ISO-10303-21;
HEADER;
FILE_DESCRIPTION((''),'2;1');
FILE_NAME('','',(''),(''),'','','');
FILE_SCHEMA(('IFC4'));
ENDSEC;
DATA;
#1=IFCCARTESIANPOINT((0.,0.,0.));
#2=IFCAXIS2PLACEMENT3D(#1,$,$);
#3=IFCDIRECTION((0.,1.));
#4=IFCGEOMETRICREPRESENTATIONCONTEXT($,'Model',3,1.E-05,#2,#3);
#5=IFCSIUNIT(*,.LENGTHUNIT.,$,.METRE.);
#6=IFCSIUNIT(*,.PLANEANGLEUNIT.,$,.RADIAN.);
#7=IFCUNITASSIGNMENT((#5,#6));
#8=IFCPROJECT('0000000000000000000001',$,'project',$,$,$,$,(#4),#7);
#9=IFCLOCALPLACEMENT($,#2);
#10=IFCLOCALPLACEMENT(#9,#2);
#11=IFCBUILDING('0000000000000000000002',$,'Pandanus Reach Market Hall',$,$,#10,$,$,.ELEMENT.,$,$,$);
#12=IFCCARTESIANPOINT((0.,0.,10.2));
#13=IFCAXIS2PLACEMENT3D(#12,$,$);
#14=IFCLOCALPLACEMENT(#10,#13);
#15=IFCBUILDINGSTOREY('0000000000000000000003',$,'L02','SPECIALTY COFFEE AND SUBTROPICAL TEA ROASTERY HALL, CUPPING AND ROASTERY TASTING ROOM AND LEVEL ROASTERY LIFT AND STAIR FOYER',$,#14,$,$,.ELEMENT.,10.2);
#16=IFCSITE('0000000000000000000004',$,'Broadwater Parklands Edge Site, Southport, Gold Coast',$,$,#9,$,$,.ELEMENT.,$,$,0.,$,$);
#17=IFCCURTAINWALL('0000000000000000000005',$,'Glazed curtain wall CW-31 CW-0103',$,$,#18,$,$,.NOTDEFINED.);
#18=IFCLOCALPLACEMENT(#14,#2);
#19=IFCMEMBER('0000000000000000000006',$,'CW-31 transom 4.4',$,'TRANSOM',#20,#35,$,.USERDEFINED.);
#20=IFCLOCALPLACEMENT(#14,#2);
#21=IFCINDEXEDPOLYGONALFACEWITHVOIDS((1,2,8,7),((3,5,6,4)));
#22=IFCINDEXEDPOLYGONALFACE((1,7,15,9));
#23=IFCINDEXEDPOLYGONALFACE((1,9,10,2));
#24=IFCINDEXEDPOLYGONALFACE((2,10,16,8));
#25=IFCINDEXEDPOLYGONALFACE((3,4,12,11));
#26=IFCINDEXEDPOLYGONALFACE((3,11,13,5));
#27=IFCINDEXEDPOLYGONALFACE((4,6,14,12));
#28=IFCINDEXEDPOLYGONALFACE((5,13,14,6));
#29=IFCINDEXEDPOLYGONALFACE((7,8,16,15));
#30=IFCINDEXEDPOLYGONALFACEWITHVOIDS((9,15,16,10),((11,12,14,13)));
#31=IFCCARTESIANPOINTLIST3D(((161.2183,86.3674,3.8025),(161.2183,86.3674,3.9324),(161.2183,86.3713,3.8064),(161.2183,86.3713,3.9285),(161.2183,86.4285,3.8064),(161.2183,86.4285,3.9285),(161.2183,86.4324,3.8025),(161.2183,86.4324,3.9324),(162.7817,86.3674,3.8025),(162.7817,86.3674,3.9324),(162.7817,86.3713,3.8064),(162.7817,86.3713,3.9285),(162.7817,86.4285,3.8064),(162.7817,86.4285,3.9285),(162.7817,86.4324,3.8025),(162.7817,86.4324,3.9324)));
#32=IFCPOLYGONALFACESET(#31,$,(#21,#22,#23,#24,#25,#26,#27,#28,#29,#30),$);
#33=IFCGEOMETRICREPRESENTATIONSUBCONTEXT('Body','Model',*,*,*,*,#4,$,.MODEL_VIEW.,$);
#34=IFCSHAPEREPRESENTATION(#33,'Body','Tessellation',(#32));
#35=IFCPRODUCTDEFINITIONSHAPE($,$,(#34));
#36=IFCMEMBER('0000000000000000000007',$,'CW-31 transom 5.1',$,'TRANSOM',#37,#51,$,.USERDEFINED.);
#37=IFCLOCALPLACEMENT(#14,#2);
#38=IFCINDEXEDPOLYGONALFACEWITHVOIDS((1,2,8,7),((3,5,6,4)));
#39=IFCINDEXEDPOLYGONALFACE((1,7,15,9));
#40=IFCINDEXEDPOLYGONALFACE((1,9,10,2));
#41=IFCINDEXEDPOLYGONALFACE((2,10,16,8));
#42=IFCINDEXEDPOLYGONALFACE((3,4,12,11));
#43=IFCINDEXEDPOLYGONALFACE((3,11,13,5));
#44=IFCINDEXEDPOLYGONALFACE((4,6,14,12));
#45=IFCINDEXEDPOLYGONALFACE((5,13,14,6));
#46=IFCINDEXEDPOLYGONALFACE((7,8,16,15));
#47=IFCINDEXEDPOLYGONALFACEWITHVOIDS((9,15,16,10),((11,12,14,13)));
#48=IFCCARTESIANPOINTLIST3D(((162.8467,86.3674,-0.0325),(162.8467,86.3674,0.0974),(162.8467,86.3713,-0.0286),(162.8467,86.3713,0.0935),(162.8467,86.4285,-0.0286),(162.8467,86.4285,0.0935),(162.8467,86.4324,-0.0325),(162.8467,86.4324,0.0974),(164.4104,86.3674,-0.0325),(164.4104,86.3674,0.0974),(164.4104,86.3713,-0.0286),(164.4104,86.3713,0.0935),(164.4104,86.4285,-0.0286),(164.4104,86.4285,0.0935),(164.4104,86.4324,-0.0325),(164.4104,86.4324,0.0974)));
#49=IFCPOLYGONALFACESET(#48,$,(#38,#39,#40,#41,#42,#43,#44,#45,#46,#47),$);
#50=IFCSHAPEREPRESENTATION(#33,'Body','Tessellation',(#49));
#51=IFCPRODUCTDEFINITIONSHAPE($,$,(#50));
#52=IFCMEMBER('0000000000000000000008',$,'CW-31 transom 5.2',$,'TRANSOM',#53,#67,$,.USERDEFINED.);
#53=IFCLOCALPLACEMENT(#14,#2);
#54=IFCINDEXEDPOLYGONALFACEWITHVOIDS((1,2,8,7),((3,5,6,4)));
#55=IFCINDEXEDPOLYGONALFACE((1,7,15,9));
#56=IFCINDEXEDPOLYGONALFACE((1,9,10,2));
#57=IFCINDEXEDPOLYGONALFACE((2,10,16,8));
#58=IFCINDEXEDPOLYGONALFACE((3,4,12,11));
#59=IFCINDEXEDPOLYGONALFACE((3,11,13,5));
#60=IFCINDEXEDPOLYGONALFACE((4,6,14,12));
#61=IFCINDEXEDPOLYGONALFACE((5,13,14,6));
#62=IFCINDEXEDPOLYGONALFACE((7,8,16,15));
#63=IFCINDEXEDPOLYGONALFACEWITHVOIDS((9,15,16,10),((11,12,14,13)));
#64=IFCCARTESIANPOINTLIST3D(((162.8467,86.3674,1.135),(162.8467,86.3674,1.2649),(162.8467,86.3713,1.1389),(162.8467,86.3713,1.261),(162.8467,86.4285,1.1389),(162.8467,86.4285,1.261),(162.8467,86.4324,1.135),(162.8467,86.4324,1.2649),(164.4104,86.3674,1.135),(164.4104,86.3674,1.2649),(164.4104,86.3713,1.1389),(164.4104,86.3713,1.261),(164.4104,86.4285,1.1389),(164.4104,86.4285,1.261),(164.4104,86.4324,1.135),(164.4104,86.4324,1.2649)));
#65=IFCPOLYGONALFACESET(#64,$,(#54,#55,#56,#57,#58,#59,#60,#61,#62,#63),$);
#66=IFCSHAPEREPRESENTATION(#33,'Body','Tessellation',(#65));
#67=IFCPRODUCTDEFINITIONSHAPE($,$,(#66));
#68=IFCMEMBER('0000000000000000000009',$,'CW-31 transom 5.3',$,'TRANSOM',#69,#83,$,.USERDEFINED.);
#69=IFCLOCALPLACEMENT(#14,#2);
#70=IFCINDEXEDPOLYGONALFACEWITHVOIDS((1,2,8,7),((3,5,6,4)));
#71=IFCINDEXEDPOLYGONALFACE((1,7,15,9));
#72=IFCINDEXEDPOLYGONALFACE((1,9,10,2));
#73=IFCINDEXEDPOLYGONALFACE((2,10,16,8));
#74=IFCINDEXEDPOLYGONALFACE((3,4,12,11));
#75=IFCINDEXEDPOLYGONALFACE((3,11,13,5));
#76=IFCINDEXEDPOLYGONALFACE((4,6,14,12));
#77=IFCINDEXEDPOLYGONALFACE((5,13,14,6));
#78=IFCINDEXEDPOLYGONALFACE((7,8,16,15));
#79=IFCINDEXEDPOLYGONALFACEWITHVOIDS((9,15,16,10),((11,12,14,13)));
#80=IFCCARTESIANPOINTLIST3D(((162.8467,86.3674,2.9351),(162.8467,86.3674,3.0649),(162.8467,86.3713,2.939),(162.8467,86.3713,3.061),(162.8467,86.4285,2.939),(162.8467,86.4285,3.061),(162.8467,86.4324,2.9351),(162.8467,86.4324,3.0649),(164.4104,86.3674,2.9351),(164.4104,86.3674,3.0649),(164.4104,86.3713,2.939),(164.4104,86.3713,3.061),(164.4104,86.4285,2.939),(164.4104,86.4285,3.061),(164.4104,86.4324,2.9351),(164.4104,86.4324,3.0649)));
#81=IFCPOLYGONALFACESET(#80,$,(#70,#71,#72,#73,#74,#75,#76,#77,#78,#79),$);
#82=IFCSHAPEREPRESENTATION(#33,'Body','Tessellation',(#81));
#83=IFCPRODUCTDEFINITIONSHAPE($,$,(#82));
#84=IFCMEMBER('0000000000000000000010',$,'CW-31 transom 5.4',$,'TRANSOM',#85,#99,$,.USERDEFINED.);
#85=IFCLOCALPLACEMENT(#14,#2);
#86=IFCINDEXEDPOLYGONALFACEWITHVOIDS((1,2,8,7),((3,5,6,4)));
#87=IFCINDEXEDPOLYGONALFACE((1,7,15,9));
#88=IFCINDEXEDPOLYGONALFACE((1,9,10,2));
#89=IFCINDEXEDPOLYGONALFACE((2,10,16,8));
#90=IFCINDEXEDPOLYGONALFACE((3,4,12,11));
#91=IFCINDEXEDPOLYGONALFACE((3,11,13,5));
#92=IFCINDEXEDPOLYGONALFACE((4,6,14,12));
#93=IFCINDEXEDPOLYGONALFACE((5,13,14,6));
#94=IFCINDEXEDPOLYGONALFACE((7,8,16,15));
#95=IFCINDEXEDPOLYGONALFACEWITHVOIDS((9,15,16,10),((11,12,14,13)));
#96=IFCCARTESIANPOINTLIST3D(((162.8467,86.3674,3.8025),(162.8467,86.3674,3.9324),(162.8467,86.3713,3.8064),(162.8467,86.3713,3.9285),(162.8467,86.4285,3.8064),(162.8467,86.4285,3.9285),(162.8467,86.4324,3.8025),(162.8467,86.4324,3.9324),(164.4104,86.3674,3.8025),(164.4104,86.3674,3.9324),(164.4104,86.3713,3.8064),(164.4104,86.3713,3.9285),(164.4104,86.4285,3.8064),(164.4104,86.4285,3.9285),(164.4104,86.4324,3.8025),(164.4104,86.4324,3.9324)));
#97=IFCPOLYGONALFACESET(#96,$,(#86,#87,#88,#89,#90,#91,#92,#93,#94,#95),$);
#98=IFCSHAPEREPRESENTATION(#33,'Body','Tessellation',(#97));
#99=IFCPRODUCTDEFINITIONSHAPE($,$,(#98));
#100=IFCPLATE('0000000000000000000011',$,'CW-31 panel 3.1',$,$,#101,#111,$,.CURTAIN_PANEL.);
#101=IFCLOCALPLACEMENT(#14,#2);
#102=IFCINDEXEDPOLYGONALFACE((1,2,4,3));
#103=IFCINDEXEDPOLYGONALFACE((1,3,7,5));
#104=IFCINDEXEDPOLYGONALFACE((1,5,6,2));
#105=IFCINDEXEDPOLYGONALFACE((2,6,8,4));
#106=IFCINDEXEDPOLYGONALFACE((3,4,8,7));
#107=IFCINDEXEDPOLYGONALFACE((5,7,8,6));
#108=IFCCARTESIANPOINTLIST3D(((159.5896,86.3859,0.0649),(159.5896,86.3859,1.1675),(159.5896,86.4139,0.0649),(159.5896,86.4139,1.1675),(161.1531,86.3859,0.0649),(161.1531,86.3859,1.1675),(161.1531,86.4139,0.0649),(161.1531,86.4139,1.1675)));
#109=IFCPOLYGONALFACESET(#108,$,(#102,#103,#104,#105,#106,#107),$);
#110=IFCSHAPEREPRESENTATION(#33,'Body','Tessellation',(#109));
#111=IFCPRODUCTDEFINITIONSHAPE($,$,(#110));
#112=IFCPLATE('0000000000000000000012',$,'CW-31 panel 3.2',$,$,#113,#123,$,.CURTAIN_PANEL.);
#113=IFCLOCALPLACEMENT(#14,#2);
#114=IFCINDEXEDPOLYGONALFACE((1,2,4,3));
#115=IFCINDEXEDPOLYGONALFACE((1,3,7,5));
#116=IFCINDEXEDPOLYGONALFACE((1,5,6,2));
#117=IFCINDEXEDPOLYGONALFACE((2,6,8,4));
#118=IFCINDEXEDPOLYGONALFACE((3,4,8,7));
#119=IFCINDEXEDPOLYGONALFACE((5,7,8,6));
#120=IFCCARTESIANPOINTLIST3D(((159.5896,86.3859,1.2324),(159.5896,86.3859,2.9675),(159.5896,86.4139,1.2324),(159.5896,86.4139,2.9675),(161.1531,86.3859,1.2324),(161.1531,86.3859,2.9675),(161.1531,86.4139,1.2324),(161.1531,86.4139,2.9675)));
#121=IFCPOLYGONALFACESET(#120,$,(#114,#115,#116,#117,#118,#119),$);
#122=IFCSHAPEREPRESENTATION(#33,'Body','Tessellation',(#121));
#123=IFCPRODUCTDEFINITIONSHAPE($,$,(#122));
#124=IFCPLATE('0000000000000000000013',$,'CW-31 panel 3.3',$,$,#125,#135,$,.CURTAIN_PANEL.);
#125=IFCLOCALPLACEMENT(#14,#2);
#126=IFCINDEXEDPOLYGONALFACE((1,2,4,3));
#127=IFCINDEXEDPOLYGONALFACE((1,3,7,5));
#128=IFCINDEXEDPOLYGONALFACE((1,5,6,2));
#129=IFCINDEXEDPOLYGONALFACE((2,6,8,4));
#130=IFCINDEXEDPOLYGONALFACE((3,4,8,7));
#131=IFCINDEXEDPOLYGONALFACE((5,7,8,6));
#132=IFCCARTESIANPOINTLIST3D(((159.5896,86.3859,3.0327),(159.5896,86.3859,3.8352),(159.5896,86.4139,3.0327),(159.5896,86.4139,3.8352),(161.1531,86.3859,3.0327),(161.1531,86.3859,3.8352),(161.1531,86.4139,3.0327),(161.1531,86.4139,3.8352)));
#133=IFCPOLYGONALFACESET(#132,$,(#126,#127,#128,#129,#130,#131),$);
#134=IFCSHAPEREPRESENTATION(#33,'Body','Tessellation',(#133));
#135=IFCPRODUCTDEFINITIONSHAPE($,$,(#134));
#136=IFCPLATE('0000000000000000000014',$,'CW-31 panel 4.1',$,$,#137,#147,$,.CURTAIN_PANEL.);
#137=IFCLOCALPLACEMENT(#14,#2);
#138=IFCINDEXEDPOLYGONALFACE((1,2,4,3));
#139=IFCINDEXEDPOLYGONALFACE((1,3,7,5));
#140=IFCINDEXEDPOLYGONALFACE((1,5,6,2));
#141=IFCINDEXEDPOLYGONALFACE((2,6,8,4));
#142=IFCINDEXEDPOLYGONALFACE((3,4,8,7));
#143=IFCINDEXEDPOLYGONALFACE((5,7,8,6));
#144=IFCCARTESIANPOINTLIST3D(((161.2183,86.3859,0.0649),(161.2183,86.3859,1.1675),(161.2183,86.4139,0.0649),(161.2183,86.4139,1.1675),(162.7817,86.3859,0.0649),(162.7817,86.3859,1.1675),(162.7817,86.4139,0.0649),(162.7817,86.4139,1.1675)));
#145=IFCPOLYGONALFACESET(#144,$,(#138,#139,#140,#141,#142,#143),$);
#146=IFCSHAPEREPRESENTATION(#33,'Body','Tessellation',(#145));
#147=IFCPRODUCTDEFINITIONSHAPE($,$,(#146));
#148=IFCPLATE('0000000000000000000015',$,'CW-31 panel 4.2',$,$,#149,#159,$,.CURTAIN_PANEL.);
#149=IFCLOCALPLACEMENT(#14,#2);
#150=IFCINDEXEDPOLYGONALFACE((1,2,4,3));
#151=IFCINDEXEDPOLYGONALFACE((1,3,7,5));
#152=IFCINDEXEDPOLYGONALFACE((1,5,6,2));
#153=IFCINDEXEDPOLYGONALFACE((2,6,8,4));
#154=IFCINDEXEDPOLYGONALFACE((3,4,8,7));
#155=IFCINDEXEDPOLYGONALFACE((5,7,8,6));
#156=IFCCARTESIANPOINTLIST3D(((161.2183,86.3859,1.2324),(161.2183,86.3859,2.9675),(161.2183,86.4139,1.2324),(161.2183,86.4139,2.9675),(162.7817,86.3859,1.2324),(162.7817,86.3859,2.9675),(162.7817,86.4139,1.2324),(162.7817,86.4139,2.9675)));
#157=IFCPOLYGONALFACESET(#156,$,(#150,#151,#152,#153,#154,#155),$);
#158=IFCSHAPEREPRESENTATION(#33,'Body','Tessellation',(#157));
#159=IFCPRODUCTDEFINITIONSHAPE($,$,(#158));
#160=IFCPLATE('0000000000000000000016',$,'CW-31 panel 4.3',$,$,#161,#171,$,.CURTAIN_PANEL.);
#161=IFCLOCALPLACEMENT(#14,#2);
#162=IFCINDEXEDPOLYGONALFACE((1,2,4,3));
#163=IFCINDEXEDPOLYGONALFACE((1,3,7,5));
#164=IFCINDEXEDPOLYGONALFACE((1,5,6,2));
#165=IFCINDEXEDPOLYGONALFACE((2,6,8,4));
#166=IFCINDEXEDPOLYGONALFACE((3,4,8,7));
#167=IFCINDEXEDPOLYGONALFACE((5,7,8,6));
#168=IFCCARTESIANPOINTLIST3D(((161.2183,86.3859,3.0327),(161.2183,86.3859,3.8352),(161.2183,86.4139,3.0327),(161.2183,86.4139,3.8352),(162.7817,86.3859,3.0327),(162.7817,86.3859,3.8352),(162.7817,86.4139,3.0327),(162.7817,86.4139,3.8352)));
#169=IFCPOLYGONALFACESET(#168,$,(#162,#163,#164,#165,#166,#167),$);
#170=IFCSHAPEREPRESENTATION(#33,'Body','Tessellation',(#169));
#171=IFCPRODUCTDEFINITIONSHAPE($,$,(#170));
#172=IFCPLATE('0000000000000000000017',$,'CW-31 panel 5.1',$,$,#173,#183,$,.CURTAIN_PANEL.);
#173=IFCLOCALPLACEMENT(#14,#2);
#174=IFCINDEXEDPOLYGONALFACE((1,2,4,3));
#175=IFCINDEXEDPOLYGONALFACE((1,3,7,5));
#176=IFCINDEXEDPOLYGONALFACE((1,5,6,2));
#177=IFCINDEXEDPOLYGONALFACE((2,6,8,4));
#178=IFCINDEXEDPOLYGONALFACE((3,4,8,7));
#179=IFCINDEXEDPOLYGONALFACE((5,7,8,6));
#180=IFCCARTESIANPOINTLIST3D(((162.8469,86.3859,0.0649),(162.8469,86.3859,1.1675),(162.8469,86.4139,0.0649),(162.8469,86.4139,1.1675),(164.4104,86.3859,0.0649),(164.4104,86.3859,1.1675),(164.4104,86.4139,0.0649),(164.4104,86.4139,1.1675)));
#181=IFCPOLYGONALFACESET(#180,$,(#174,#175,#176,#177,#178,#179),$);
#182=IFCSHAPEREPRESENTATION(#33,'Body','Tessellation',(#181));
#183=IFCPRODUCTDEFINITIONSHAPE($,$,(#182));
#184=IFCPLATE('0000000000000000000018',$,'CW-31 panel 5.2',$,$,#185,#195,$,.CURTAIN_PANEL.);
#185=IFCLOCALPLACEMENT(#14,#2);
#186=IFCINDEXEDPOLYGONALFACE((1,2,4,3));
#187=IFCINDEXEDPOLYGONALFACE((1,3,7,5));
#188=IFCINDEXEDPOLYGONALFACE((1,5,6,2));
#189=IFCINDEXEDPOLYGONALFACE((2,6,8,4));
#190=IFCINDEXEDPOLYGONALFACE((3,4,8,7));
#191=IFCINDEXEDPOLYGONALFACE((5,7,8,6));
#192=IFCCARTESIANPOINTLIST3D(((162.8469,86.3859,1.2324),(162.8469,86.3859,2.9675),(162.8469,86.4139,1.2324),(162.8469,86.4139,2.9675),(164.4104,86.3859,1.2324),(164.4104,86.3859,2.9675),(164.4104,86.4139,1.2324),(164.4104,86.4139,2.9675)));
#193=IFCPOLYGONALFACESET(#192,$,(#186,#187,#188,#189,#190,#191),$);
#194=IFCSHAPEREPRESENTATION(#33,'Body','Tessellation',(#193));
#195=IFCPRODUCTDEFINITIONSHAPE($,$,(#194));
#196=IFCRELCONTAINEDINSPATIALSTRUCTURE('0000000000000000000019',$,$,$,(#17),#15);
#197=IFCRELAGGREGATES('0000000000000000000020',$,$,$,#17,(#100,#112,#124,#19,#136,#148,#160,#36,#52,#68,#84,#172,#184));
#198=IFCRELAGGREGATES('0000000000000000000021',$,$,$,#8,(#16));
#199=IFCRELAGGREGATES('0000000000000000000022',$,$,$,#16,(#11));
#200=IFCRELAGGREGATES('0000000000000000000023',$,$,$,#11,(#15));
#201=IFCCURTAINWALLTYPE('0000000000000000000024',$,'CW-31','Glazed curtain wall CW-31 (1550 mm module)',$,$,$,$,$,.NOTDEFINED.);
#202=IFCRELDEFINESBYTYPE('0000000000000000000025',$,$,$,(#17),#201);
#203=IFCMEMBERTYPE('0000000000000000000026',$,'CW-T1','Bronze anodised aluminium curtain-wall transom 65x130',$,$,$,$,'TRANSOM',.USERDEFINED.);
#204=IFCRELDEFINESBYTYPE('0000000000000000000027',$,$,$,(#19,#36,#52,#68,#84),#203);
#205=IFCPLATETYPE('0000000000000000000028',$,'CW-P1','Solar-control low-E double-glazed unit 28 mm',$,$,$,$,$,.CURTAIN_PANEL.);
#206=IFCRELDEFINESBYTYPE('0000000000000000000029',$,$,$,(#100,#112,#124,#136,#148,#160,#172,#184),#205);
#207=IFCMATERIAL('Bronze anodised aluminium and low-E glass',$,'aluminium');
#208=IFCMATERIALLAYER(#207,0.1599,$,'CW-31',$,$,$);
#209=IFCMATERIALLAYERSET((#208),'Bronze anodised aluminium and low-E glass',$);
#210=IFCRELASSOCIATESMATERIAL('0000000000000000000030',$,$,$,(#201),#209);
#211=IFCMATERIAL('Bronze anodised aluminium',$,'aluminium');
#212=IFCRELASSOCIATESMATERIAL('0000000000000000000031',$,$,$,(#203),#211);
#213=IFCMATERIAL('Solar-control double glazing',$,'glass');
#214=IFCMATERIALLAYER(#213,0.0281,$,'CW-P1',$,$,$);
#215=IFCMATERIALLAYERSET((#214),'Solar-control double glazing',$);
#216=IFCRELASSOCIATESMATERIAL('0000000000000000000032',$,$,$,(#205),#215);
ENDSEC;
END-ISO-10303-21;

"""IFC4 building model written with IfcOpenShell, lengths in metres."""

from ifc_helpers import new_model, si_unit, direction, frame, origin, origin_2d, place, context, subcontext, project, spatial, rectangle, hollow_rectangle, extrude, material, layer, layer_set, material_profile, profile_set, type_object, element, aggregate, save


model = new_model("IFC4")

# Units and contexts
model_context = context("Model", 3, precision=1e-05, world=origin(), true_north=direction((0.0, 1.0)))
body_context = subcontext(model_context, "Body", "Model", "MODEL_VIEW")
ifc_project = project(units=[si_unit("LENGTHUNIT", "METRE"), si_unit("PLANEANGLEUNIT", "RADIAN")], contexts=[model_context])

# Site, building, storey
site_placement = place(None, origin())
site = spatial("IfcSite", under=ifc_project, at=site_placement, Name="Broadwater Parklands Edge Site, Southport, Gold Coast", CompositionType="ELEMENT", RefElevation=0.0)
building_placement = place(site_placement, origin())
building = spatial("IfcBuilding", under=site, at=building_placement, Name="Pandanus Reach Market Hall", CompositionType="ELEMENT")
storey_placement = place(building_placement, frame((0.0, 0.0, 10.2)))
storey = spatial("IfcBuildingStorey", under=building, at=storey_placement, Name="L02", Description="SPECIALTY COFFEE AND SUBTROPICAL TEA ROASTERY HALL, CUPPING AND ROASTERY TASTING ROOM AND LEVEL ROASTERY LIFT AND STAIR FOYER", CompositionType="ELEMENT", Elevation=10.2)

# Curtain wall, members, plates
ifc_material_1 = material(Name="Bronze anodised aluminium and low-E glass", Category="aluminium")
ifc_layer_1 = layer(ifc_material_1, 0.1599, Name="CW-31")
ifc_layer_set_1 = layer_set([ifc_layer_1], Name="Bronze anodised aluminium and low-E glass")
curtain_wall_type = type_object("IfcCurtainWallType", Name="CW-31", Description="Glazed curtain wall CW-31 (1550 mm module)", PredefinedType="NOTDEFINED", material=ifc_layer_set_1)
curtain_wall_placement = place(storey_placement, origin())
curtain_wall = element("IfcCurtainWall", 1, at=curtain_wall_placement, inside=storey, type_object=curtain_wall_type, Name="Glazed curtain wall CW-31 CW-0103", PredefinedType="NOTDEFINED")
ifc_material_2 = material(Name="Bronze anodised aluminium", Category="aluminium")
ifc_material_profile_1 = material_profile(ifc_material_2, hollow_rectangle(XDim=0.0649, YDim=0.1299, WallThickness=0.0039, at=origin_2d()), Name="ALU65x130", Category="LoadBearing")
ifc_profile_set_1 = profile_set([ifc_material_profile_1], Name="Bronze anodised aluminium")
member_type_1 = type_object("IfcMemberType", Name="CW-T1", Description="Bronze anodised aluminium curtain-wall transom 65x130", ElementType="TRANSOM", PredefinedType="USERDEFINED", material=ifc_profile_set_1)
member_1_placement = place(storey_placement, frame((161.2183, 86.3999, 3.8674), z_axis=(1.0, 0.0, 0.0), x_axis=(0.0, 1.0, 0.0)))
member_1 = element("IfcMember", 2, at=member_1_placement, type_object=member_type_1, Name="CW-31 transom 4.4", ObjectType="TRANSOM", PredefinedType="USERDEFINED", context=body_context, shape_type="SweptSolid", body=[
    extrude(hollow_rectangle(XDim=0.0649, YDim=0.1299, WallThickness=0.0039, at=origin_2d()), origin(), (0.0, 0.0, 1.0), 1.5635),
])
member_2_placement = place(storey_placement, frame((162.8467, 86.3999, 0.0325), z_axis=(1.0, 0.0, 0.0), x_axis=(0.0, 1.0, 0.0)))
member_2 = element("IfcMember", 3, at=member_2_placement, type_object=member_type_1, Name="CW-31 transom 5.1", ObjectType="TRANSOM", PredefinedType="USERDEFINED", context=body_context, shape_type="SweptSolid", body=[
    extrude(hollow_rectangle(XDim=0.0649, YDim=0.1299, WallThickness=0.0039, at=origin_2d()), origin(), (0.0, 0.0, 1.0), 1.5637),
])
member_3_placement = place(storey_placement, frame((162.8467, 86.3999, 1.2), z_axis=(1.0, 0.0, 0.0), x_axis=(0.0, 1.0, 0.0)))
member_3 = element("IfcMember", 4, at=member_3_placement, type_object=member_type_1, Name="CW-31 transom 5.2", ObjectType="TRANSOM", PredefinedType="USERDEFINED", context=body_context, shape_type="SweptSolid", body=[
    extrude(hollow_rectangle(XDim=0.0649, YDim=0.1299, WallThickness=0.0039, at=origin_2d()), origin(), (0.0, 0.0, 1.0), 1.5637),
])
member_4_placement = place(storey_placement, frame((162.8467, 86.3999, 3.0), z_axis=(1.0, 0.0, 0.0), x_axis=(0.0, 1.0, 0.0)))
member_4 = element("IfcMember", 5, at=member_4_placement, type_object=member_type_1, Name="CW-31 transom 5.3", ObjectType="TRANSOM", PredefinedType="USERDEFINED", context=body_context, shape_type="SweptSolid", body=[
    extrude(hollow_rectangle(XDim=0.0649, YDim=0.1299, WallThickness=0.0039, at=origin_2d()), origin(), (0.0, 0.0, 1.0), 1.5637),
])
member_5_placement = place(storey_placement, frame((162.8467, 86.3999, 3.8674), z_axis=(1.0, 0.0, 0.0), x_axis=(0.0, 1.0, 0.0)))
member_5 = element("IfcMember", 6, at=member_5_placement, type_object=member_type_1, Name="CW-31 transom 5.4", ObjectType="TRANSOM", PredefinedType="USERDEFINED", context=body_context, shape_type="SweptSolid", body=[
    extrude(hollow_rectangle(XDim=0.0649, YDim=0.1299, WallThickness=0.0039, at=origin_2d()), origin(), (0.0, 0.0, 1.0), 1.5637),
])
ifc_material_3 = material(Name="Solar-control double glazing", Category="glass")
ifc_layer_2 = layer(ifc_material_3, 0.0281, Name="CW-P1")
ifc_layer_set_2 = layer_set([ifc_layer_2], Name="Solar-control double glazing")
plate_type = type_object("IfcPlateType", Name="CW-P1", Description="Solar-control low-E double-glazed unit 28 mm", PredefinedType="CURTAIN_PANEL", material=ifc_layer_set_2)
plate_1_placement = place(storey_placement, frame((160.3713, 86.3999, 0.0649), z_axis=(0.0, 0.0, 1.0), x_axis=(1.0, 0.0, 0.0)))
plate_1 = element("IfcPlate", 7, at=plate_1_placement, type_object=plate_type, Name="CW-31 panel 3.1", PredefinedType="CURTAIN_PANEL", context=body_context, shape_type="SweptSolid", body=[
    extrude(rectangle(XDim=1.5635, YDim=0.0281, at=origin_2d()), origin(), (0.0, 0.0, 1.0), 1.1025),
])
plate_2_placement = place(storey_placement, frame((160.3713, 86.3999, 1.2324), z_axis=(0.0, 0.0, 1.0), x_axis=(1.0, 0.0, 0.0)))
plate_2 = element("IfcPlate", 8, at=plate_2_placement, type_object=plate_type, Name="CW-31 panel 3.2", PredefinedType="CURTAIN_PANEL", context=body_context, shape_type="SweptSolid", body=[
    extrude(rectangle(XDim=1.5635, YDim=0.0281, at=origin_2d()), origin(), (0.0, 0.0, 1.0), 1.7351),
])
plate_3_placement = place(storey_placement, frame((160.3713, 86.3999, 3.0327), z_axis=(0.0, 0.0, 1.0), x_axis=(1.0, 0.0, 0.0)))
plate_3 = element("IfcPlate", 9, at=plate_3_placement, type_object=plate_type, Name="CW-31 panel 3.3", PredefinedType="CURTAIN_PANEL", context=body_context, shape_type="SweptSolid", body=[
    extrude(rectangle(XDim=1.5635, YDim=0.0281, at=origin_2d()), origin(), (0.0, 0.0, 1.0), 0.8025),
])
plate_4_placement = place(storey_placement, frame((162.0, 86.3999, 0.0649), z_axis=(0.0, 0.0, 1.0), x_axis=(1.0, 0.0, 0.0)))
plate_4 = element("IfcPlate", 10, at=plate_4_placement, type_object=plate_type, Name="CW-31 panel 4.1", PredefinedType="CURTAIN_PANEL", context=body_context, shape_type="SweptSolid", body=[
    extrude(rectangle(XDim=1.5635, YDim=0.0281, at=origin_2d()), origin(), (0.0, 0.0, 1.0), 1.1025),
])
plate_5_placement = place(storey_placement, frame((162.0, 86.3999, 1.2324), z_axis=(0.0, 0.0, 1.0), x_axis=(1.0, 0.0, 0.0)))
plate_5 = element("IfcPlate", 11, at=plate_5_placement, type_object=plate_type, Name="CW-31 panel 4.2", PredefinedType="CURTAIN_PANEL", context=body_context, shape_type="SweptSolid", body=[
    extrude(rectangle(XDim=1.5635, YDim=0.0281, at=origin_2d()), origin(), (0.0, 0.0, 1.0), 1.7351),
])
plate_6_placement = place(storey_placement, frame((162.0, 86.3999, 3.0327), z_axis=(0.0, 0.0, 1.0), x_axis=(1.0, 0.0, 0.0)))
plate_6 = element("IfcPlate", 12, at=plate_6_placement, type_object=plate_type, Name="CW-31 panel 4.3", PredefinedType="CURTAIN_PANEL", context=body_context, shape_type="SweptSolid", body=[
    extrude(rectangle(XDim=1.5635, YDim=0.0281, at=origin_2d()), origin(), (0.0, 0.0, 1.0), 0.8025),
])
plate_7_placement = place(storey_placement, frame((163.6287, 86.3999, 0.0649), z_axis=(0.0, 0.0, 1.0), x_axis=(1.0, 0.0, 0.0)))
plate_7 = element("IfcPlate", 13, at=plate_7_placement, type_object=plate_type, Name="CW-31 panel 5.1", PredefinedType="CURTAIN_PANEL", context=body_context, shape_type="SweptSolid", body=[
    extrude(rectangle(XDim=1.5635, YDim=0.0281, at=origin_2d()), origin(), (0.0, 0.0, 1.0), 1.1025),
])
plate_8_placement = place(storey_placement, frame((163.6287, 86.3999, 1.2324), z_axis=(0.0, 0.0, 1.0), x_axis=(1.0, 0.0, 0.0)))
plate_8 = element("IfcPlate", 14, at=plate_8_placement, type_object=plate_type, Name="CW-31 panel 5.2", PredefinedType="CURTAIN_PANEL", context=body_context, shape_type="SweptSolid", body=[
    extrude(rectangle(XDim=1.5635, YDim=0.0281, at=origin_2d()), origin(), (0.0, 0.0, 1.0), 1.7351),
])
aggregate(curtain_wall, [plate_1, plate_2, plate_3, member_1, plate_4, plate_5, plate_6, member_2, member_3, member_4, member_5, plate_7, plate_8])

save(model, "model.ifc")
